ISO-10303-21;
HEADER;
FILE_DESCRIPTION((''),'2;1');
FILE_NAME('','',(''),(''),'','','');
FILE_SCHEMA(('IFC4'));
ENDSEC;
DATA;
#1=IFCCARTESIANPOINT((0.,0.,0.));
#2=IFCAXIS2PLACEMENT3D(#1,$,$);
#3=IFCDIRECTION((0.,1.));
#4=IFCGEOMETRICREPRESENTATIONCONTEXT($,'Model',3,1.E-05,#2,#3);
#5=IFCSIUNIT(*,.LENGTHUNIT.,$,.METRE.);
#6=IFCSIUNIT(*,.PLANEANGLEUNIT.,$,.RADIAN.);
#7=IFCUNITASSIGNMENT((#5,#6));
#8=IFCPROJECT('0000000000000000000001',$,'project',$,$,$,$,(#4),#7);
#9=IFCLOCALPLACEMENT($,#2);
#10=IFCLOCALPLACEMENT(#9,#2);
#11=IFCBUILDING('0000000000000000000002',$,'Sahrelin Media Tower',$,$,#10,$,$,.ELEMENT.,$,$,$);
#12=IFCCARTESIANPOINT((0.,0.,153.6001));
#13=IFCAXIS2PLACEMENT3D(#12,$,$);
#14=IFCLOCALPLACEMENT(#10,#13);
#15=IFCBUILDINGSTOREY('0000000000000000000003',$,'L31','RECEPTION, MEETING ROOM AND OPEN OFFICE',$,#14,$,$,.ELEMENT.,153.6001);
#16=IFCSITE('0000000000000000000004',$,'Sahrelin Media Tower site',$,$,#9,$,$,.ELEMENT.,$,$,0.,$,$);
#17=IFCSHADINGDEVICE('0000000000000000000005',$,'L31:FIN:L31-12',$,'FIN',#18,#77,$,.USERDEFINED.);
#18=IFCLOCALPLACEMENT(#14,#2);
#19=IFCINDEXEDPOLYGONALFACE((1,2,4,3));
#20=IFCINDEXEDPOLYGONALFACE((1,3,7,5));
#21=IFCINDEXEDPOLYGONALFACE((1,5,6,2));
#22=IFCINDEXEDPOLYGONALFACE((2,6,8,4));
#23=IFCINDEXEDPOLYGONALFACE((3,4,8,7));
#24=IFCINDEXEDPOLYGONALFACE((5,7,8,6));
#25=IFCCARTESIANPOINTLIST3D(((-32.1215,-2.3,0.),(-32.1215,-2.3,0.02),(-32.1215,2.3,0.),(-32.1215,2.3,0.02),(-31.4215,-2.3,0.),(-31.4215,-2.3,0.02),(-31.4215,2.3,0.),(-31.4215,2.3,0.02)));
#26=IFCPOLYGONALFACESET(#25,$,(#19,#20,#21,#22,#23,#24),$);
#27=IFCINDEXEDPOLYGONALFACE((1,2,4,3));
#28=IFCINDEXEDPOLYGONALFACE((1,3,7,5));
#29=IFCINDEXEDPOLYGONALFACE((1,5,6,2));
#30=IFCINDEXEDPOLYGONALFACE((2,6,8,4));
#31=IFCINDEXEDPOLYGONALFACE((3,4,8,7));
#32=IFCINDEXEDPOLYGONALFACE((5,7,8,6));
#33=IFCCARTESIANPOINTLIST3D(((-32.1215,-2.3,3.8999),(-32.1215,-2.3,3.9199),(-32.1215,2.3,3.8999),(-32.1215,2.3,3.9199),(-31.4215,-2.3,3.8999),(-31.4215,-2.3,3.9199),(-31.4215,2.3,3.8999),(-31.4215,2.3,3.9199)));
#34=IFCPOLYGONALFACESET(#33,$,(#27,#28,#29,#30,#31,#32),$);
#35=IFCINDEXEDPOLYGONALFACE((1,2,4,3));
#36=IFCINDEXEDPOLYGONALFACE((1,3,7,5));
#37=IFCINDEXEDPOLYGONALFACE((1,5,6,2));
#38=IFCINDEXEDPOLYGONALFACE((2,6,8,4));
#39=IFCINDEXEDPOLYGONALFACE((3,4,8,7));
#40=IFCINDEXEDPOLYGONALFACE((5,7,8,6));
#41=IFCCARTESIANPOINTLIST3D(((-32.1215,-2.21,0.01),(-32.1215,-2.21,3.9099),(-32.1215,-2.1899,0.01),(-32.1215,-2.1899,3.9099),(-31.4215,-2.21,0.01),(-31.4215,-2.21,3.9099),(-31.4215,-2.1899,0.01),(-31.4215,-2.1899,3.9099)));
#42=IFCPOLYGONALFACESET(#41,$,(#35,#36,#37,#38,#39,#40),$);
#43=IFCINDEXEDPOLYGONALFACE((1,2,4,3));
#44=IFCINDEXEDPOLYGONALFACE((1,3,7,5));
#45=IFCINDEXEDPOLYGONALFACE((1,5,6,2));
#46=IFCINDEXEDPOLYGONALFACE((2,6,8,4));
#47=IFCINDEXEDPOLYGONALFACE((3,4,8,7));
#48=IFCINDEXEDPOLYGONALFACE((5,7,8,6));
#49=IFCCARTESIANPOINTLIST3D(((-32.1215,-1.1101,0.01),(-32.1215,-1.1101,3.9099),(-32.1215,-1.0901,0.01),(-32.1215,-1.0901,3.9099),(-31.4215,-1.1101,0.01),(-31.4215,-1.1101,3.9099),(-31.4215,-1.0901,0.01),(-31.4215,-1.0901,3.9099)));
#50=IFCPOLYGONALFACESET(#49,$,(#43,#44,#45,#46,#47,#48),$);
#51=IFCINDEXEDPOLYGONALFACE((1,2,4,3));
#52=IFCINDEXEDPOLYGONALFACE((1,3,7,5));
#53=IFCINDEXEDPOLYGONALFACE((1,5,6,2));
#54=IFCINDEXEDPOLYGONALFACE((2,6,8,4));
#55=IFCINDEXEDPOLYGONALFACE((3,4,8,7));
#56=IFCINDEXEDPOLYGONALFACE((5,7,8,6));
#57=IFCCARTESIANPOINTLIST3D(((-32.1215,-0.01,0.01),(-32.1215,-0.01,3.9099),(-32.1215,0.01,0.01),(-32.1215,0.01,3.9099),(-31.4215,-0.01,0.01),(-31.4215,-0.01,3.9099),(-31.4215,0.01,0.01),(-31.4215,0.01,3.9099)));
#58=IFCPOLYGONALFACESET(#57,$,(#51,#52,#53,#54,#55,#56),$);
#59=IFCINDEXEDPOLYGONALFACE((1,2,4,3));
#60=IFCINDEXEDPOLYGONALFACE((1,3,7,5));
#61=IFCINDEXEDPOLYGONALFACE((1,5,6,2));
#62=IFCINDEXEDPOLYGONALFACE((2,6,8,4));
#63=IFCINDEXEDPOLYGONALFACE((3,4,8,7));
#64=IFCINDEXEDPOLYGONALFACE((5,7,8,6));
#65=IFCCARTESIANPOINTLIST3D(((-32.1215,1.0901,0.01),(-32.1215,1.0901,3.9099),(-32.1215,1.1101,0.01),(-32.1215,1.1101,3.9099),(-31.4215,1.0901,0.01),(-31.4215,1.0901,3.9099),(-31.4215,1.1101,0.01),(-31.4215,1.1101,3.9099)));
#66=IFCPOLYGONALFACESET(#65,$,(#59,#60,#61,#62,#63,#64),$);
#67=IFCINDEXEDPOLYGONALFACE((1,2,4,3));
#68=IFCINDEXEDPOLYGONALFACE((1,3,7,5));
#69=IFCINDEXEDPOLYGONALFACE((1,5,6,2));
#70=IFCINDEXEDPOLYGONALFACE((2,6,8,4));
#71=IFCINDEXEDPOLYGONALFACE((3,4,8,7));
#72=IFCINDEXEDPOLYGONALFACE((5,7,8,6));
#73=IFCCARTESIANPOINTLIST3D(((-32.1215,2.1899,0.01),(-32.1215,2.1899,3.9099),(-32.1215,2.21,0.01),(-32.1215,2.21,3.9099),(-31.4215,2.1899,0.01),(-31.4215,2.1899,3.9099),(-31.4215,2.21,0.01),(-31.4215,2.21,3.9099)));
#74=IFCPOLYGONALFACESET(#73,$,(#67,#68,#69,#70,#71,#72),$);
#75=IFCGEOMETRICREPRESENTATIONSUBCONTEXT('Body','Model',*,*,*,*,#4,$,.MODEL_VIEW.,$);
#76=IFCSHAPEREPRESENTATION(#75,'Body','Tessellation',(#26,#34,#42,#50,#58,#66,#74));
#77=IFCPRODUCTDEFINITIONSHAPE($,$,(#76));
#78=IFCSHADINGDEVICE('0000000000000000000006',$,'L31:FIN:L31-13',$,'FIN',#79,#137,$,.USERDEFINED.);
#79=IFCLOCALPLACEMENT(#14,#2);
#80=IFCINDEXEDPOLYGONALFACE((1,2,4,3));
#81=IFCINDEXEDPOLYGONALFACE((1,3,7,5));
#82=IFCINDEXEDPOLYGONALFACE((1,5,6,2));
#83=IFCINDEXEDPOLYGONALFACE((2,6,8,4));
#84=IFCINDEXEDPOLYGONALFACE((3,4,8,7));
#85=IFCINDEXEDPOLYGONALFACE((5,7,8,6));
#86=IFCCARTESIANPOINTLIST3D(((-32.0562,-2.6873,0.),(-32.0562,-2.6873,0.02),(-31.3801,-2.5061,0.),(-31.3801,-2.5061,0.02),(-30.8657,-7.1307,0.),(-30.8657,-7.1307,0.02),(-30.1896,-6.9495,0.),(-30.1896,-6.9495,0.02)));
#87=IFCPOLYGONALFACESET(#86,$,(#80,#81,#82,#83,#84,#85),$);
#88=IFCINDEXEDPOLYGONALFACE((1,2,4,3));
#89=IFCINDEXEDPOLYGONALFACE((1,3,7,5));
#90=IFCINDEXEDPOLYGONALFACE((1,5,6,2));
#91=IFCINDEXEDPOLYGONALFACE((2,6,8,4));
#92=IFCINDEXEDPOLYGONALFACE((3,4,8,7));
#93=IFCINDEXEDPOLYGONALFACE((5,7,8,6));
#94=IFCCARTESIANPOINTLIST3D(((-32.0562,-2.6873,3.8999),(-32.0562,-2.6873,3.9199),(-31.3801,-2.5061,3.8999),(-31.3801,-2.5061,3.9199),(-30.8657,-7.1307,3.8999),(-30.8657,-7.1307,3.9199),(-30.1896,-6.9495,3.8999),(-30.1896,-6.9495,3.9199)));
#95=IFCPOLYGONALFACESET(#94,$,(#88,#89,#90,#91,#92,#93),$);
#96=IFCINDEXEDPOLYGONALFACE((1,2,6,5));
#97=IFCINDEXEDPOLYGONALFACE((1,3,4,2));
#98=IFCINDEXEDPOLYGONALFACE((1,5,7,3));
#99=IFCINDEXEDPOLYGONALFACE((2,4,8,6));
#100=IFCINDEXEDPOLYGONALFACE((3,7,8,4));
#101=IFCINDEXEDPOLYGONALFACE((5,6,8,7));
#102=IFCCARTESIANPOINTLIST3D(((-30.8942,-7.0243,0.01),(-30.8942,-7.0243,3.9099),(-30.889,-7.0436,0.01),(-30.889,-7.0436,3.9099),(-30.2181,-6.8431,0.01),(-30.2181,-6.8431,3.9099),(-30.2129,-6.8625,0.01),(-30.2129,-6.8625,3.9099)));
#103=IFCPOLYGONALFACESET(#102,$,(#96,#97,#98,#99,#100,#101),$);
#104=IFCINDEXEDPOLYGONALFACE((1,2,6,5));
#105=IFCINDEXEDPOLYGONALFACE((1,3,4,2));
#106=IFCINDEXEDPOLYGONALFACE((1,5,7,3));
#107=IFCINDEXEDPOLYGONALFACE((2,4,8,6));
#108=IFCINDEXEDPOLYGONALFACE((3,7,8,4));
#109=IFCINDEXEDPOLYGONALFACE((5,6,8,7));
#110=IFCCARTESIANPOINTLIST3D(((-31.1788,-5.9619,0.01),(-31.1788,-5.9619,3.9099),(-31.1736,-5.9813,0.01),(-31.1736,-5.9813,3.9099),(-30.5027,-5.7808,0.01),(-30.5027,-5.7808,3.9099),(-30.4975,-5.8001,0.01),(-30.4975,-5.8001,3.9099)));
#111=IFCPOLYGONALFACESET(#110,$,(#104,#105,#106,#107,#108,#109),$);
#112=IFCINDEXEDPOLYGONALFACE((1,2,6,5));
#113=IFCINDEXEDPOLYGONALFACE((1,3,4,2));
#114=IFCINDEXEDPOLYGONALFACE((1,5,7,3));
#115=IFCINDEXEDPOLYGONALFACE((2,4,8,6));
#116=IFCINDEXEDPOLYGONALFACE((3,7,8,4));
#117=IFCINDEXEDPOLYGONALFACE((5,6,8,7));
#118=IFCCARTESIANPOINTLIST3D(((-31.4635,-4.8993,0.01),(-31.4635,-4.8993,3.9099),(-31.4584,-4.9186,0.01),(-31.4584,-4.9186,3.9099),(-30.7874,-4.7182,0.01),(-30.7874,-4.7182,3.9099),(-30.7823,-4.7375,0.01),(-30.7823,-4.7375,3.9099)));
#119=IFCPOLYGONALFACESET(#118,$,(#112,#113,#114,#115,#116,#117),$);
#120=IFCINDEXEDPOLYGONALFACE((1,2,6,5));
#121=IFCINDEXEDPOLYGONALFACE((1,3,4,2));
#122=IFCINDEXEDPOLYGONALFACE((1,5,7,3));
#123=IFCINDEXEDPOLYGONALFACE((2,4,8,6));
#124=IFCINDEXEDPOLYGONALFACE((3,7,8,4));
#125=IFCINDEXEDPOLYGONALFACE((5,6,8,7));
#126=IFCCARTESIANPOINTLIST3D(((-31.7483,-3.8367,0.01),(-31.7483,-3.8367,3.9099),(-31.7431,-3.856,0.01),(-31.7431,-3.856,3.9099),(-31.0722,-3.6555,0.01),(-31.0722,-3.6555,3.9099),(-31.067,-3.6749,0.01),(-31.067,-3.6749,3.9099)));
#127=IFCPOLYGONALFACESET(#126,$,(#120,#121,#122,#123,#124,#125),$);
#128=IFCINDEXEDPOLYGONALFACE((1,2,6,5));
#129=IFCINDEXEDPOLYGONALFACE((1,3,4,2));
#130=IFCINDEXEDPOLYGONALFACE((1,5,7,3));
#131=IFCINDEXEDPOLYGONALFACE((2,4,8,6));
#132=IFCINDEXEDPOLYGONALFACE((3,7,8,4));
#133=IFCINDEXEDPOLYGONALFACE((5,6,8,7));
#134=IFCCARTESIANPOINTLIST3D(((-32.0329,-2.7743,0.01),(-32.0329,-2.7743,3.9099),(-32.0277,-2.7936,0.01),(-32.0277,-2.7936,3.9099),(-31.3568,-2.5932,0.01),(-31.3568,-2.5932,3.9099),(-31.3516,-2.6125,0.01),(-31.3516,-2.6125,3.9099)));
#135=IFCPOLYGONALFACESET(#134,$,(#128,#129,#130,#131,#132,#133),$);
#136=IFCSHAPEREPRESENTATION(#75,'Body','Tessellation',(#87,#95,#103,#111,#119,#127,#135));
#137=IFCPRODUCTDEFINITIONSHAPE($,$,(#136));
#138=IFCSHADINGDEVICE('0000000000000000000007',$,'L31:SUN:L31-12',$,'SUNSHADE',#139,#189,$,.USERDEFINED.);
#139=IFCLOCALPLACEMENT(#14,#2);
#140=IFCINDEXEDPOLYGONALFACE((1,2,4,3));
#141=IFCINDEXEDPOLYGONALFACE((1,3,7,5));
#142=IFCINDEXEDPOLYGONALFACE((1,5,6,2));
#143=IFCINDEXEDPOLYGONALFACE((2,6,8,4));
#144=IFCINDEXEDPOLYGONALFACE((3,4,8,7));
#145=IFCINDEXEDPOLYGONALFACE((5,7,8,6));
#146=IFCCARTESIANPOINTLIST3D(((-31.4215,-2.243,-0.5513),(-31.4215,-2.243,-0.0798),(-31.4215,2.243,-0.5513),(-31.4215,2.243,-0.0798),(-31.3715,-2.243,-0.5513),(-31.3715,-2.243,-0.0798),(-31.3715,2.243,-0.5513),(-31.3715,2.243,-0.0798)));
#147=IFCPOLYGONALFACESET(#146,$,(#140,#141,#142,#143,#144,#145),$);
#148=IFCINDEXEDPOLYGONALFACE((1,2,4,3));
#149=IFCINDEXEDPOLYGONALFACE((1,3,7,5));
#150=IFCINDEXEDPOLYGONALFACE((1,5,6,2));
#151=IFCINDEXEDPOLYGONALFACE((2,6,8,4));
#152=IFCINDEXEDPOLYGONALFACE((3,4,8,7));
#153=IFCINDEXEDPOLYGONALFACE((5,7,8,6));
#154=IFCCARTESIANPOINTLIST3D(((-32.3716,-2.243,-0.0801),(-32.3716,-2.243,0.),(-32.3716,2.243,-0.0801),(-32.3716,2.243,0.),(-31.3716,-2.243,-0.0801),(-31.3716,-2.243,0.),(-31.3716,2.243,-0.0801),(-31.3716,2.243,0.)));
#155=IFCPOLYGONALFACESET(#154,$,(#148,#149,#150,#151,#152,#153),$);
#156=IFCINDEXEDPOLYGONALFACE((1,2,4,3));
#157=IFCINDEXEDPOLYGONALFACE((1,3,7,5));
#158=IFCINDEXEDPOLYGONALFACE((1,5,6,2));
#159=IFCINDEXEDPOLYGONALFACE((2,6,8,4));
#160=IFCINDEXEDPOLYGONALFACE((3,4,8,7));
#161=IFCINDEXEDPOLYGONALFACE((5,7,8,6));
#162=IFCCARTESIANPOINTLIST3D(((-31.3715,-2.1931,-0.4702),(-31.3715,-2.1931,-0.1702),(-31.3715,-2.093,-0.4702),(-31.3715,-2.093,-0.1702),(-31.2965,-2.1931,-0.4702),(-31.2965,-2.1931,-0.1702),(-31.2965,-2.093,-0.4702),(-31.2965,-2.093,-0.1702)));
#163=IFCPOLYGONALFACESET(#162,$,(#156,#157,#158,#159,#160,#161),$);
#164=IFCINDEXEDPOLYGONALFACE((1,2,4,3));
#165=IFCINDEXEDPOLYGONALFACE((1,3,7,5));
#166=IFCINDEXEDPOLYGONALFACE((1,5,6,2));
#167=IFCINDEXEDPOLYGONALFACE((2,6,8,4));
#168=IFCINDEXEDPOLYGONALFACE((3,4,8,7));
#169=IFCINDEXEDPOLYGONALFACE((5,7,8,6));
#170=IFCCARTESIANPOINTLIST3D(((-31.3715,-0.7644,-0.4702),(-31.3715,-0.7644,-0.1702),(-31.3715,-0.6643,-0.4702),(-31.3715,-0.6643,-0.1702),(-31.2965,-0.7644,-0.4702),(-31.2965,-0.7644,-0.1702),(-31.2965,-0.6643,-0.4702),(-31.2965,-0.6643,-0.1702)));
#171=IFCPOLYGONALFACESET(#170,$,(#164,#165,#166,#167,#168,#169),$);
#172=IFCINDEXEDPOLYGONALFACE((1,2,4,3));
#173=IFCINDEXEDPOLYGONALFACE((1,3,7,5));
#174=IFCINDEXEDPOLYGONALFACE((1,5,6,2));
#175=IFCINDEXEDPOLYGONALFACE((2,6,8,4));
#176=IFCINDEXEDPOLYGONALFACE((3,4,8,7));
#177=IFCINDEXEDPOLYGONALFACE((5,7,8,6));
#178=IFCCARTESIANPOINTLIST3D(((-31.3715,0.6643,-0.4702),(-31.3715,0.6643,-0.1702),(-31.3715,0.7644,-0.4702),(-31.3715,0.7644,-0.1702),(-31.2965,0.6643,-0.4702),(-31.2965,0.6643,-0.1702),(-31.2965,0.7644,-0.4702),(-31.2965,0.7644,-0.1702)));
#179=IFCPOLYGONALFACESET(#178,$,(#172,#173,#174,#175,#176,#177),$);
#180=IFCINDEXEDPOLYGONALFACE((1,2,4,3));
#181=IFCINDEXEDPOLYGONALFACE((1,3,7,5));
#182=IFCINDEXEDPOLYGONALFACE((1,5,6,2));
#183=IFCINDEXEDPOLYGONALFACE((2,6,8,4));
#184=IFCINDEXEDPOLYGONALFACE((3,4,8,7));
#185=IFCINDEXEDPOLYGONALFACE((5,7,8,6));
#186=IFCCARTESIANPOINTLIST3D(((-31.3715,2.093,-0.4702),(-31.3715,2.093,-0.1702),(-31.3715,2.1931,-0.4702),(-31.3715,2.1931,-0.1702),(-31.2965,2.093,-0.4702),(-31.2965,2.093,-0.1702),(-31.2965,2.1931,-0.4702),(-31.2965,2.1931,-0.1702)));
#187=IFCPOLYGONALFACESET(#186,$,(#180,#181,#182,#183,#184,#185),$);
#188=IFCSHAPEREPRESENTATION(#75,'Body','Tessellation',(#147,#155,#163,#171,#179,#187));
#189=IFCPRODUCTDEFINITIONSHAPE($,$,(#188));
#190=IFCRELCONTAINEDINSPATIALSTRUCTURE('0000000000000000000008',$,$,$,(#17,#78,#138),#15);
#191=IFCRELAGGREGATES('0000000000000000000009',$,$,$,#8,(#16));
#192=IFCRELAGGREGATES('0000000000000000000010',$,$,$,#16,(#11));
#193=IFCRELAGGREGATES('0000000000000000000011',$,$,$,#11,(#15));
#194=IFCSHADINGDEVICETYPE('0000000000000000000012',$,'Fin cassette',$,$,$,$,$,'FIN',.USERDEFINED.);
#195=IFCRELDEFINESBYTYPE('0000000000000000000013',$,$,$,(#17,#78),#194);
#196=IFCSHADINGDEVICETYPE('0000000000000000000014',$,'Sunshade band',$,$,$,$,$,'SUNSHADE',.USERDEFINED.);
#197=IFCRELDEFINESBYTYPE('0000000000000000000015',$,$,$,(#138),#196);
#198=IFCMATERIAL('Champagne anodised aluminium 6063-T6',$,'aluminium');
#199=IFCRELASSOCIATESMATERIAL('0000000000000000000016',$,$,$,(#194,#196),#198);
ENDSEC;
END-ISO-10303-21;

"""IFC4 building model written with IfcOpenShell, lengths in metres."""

from ifc_helpers import new_model, si_unit, direction, frame, origin, origin_2d, place, context, subcontext, project, spatial, rectangle, extrude, material, type_object, element, save


model = new_model("IFC4")

# Units and contexts
model_context = context("Model", 3, precision=1e-05, world=origin(), true_north=direction((0.0, 1.0)))
body_context = subcontext(model_context, "Body", "Model", "MODEL_VIEW")
ifc_project = project(units=[si_unit("LENGTHUNIT", "METRE"), si_unit("PLANEANGLEUNIT", "RADIAN")], contexts=[model_context])

# Site, building, storey
site_placement = place(None, origin())
site = spatial("IfcSite", under=ifc_project, at=site_placement, Name="Sahrelin Media Tower site", CompositionType="ELEMENT", RefElevation=0.0)
building_placement = place(site_placement, origin())
building = spatial("IfcBuilding", under=site, at=building_placement, Name="Sahrelin Media Tower", CompositionType="ELEMENT")
storey_placement = place(building_placement, frame((0.0, 0.0, 153.6001)))
storey = spatial("IfcBuildingStorey", under=building, at=storey_placement, Name="L31", Description="RECEPTION, MEETING ROOM AND OPEN OFFICE", CompositionType="ELEMENT", Elevation=153.6001)

# Shared definitions
ifc_material_1 = material(Name="Champagne anodised aluminium 6063-T6", Category="aluminium")

# Shading devices
shading_device_type_1 = type_object("IfcShadingDeviceType", Name="Fin cassette", ElementType="FIN", PredefinedType="USERDEFINED", material=ifc_material_1)
placement_1 = place(storey_placement, frame((-31.3516, 0.0, 0.0), z_axis=(0.0, 0.0, 1.0), x_axis=(0.0, 1.0, 0.0)))
element("IfcShadingDevice", 1, at=placement_1, inside=storey, type_object=shading_device_type_1, Name="L31:FIN:L31-12", ObjectType="FIN", PredefinedType="USERDEFINED", context=body_context, shape_type="SweptSolid", body=[
    extrude(rectangle(XDim=4.6001, YDim=0.7, at=origin_2d()), frame((0.0, 0.4199, 0.0)), (0.0, 0.0, 1.0), 0.02),
    extrude(rectangle(XDim=4.6001, YDim=0.7, at=origin_2d()), frame((0.0, 0.4199, 3.8999)), (0.0, 0.0, 1.0), 0.02),
    extrude(rectangle(XDim=0.02, YDim=0.7, at=origin_2d()), frame((-2.2, 0.4199, 0.01), z_axis=(0.0, 0.0, 1.0), x_axis=(1.0, 0.0, 0.0)), (0.0, 0.0, 1.0), 3.8999),
    extrude(rectangle(XDim=0.02, YDim=0.7, at=origin_2d()), frame((-1.1001, 0.4199, 0.01), z_axis=(0.0, 0.0, 1.0), x_axis=(1.0, 0.0, 0.0)), (0.0, 0.0, 1.0), 3.8999),
    extrude(rectangle(XDim=0.02, YDim=0.7, at=origin_2d()), frame((0.0, 0.4199, 0.01), z_axis=(0.0, 0.0, 1.0), x_axis=(1.0, 0.0, 0.0)), (0.0, 0.0, 1.0), 3.8999),
    extrude(rectangle(XDim=0.02, YDim=0.7, at=origin_2d()), frame((1.1001, 0.4199, 0.01), z_axis=(0.0, 0.0, 1.0), x_axis=(1.0, 0.0, 0.0)), (0.0, 0.0, 1.0), 3.8999),
    extrude(rectangle(XDim=0.02, YDim=0.7, at=origin_2d()), frame((2.2, 0.4199, 0.01), z_axis=(0.0, 0.0, 1.0), x_axis=(1.0, 0.0, 0.0)), (0.0, 0.0, 1.0), 3.8999),
])
placement_2 = place(storey_placement, frame((-30.7173, -4.7097, 0.0), z_axis=(0.0, 0.0, 1.0), x_axis=(-0.258808, 0.965929, 0.0)))
element("IfcShadingDevice", 2, at=placement_2, inside=storey, type_object=shading_device_type_1, Name="L31:FIN:L31-13", ObjectType="FIN", PredefinedType="USERDEFINED", context=body_context, shape_type="SweptSolid", body=[
    extrude(rectangle(XDim=4.6001, YDim=0.7, at=origin_2d()), frame((0.0, 0.4199, 0.0)), (0.0, 0.0, 1.0), 0.02),
    extrude(rectangle(XDim=4.6001, YDim=0.7, at=origin_2d()), frame((0.0, 0.4199, 3.8999)), (0.0, 0.0, 1.0), 0.02),
    extrude(rectangle(XDim=0.02, YDim=0.7, at=origin_2d()), frame((-2.2, 0.4199, 0.01), z_axis=(0.0, 0.0, 1.0), x_axis=(1.0, 0.0, 0.0)), (0.0, 0.0, 1.0), 3.8999),
    extrude(rectangle(XDim=0.02, YDim=0.7, at=origin_2d()), frame((-1.1001, 0.4199, 0.01), z_axis=(0.0, 0.0, 1.0), x_axis=(1.0, 0.0, 0.0)), (0.0, 0.0, 1.0), 3.8999),
    extrude(rectangle(XDim=0.02, YDim=0.7, at=origin_2d()), frame((0.0, 0.4199, 0.01), z_axis=(0.0, 0.0, 1.0), x_axis=(1.0, 0.0, 0.0)), (0.0, 0.0, 1.0), 3.8999),
    extrude(rectangle(XDim=0.02, YDim=0.7, at=origin_2d()), frame((1.1001, 0.4199, 0.01), z_axis=(0.0, 0.0, 1.0), x_axis=(1.0, 0.0, 0.0)), (0.0, 0.0, 1.0), 3.8999),
    extrude(rectangle(XDim=0.02, YDim=0.7, at=origin_2d()), frame((2.2, 0.4199, 0.01), z_axis=(0.0, 0.0, 1.0), x_axis=(1.0, 0.0, 0.0)), (0.0, 0.0, 1.0), 3.8999),
])
shading_device_type_2 = type_object("IfcShadingDeviceType", Name="Sunshade band", ElementType="SUNSHADE", PredefinedType="USERDEFINED", material=ifc_material_1)
element("IfcShadingDevice", 3, at=placement_1, inside=storey, type_object=shading_device_type_2, Name="L31:SUN:L31-12", ObjectType="SUNSHADE", PredefinedType="USERDEFINED", context=body_context, shape_type="SweptSolid", body=[
    extrude(rectangle(XDim=4.4861, YDim=0.05, at=origin_2d()), frame((0.0, 0.0449, -0.5513)), (0.0, 0.0, 1.0), 0.4714),
    extrude(rectangle(XDim=4.4861, YDim=1.0, at=origin_2d()), frame((0.0, 0.52, -0.0801)), (0.0, 0.0, 1.0), 0.0801),
    extrude(rectangle(XDim=0.1001, YDim=0.075, at=origin_2d()), frame((-2.1431, -0.0176, -0.4702)), (0.0, 0.0, 1.0), 0.3),
    extrude(rectangle(XDim=0.1001, YDim=0.075, at=origin_2d()), frame((-0.7144, -0.0176, -0.4702)), (0.0, 0.0, 1.0), 0.3),
    extrude(rectangle(XDim=0.1001, YDim=0.075, at=origin_2d()), frame((0.7144, -0.0176, -0.4702)), (0.0, 0.0, 1.0), 0.3),
    extrude(rectangle(XDim=0.1001, YDim=0.075, at=origin_2d()), frame((2.1431, -0.0176, -0.4702)), (0.0, 0.0, 1.0), 0.3),
])

save(model, "model.ifc")
